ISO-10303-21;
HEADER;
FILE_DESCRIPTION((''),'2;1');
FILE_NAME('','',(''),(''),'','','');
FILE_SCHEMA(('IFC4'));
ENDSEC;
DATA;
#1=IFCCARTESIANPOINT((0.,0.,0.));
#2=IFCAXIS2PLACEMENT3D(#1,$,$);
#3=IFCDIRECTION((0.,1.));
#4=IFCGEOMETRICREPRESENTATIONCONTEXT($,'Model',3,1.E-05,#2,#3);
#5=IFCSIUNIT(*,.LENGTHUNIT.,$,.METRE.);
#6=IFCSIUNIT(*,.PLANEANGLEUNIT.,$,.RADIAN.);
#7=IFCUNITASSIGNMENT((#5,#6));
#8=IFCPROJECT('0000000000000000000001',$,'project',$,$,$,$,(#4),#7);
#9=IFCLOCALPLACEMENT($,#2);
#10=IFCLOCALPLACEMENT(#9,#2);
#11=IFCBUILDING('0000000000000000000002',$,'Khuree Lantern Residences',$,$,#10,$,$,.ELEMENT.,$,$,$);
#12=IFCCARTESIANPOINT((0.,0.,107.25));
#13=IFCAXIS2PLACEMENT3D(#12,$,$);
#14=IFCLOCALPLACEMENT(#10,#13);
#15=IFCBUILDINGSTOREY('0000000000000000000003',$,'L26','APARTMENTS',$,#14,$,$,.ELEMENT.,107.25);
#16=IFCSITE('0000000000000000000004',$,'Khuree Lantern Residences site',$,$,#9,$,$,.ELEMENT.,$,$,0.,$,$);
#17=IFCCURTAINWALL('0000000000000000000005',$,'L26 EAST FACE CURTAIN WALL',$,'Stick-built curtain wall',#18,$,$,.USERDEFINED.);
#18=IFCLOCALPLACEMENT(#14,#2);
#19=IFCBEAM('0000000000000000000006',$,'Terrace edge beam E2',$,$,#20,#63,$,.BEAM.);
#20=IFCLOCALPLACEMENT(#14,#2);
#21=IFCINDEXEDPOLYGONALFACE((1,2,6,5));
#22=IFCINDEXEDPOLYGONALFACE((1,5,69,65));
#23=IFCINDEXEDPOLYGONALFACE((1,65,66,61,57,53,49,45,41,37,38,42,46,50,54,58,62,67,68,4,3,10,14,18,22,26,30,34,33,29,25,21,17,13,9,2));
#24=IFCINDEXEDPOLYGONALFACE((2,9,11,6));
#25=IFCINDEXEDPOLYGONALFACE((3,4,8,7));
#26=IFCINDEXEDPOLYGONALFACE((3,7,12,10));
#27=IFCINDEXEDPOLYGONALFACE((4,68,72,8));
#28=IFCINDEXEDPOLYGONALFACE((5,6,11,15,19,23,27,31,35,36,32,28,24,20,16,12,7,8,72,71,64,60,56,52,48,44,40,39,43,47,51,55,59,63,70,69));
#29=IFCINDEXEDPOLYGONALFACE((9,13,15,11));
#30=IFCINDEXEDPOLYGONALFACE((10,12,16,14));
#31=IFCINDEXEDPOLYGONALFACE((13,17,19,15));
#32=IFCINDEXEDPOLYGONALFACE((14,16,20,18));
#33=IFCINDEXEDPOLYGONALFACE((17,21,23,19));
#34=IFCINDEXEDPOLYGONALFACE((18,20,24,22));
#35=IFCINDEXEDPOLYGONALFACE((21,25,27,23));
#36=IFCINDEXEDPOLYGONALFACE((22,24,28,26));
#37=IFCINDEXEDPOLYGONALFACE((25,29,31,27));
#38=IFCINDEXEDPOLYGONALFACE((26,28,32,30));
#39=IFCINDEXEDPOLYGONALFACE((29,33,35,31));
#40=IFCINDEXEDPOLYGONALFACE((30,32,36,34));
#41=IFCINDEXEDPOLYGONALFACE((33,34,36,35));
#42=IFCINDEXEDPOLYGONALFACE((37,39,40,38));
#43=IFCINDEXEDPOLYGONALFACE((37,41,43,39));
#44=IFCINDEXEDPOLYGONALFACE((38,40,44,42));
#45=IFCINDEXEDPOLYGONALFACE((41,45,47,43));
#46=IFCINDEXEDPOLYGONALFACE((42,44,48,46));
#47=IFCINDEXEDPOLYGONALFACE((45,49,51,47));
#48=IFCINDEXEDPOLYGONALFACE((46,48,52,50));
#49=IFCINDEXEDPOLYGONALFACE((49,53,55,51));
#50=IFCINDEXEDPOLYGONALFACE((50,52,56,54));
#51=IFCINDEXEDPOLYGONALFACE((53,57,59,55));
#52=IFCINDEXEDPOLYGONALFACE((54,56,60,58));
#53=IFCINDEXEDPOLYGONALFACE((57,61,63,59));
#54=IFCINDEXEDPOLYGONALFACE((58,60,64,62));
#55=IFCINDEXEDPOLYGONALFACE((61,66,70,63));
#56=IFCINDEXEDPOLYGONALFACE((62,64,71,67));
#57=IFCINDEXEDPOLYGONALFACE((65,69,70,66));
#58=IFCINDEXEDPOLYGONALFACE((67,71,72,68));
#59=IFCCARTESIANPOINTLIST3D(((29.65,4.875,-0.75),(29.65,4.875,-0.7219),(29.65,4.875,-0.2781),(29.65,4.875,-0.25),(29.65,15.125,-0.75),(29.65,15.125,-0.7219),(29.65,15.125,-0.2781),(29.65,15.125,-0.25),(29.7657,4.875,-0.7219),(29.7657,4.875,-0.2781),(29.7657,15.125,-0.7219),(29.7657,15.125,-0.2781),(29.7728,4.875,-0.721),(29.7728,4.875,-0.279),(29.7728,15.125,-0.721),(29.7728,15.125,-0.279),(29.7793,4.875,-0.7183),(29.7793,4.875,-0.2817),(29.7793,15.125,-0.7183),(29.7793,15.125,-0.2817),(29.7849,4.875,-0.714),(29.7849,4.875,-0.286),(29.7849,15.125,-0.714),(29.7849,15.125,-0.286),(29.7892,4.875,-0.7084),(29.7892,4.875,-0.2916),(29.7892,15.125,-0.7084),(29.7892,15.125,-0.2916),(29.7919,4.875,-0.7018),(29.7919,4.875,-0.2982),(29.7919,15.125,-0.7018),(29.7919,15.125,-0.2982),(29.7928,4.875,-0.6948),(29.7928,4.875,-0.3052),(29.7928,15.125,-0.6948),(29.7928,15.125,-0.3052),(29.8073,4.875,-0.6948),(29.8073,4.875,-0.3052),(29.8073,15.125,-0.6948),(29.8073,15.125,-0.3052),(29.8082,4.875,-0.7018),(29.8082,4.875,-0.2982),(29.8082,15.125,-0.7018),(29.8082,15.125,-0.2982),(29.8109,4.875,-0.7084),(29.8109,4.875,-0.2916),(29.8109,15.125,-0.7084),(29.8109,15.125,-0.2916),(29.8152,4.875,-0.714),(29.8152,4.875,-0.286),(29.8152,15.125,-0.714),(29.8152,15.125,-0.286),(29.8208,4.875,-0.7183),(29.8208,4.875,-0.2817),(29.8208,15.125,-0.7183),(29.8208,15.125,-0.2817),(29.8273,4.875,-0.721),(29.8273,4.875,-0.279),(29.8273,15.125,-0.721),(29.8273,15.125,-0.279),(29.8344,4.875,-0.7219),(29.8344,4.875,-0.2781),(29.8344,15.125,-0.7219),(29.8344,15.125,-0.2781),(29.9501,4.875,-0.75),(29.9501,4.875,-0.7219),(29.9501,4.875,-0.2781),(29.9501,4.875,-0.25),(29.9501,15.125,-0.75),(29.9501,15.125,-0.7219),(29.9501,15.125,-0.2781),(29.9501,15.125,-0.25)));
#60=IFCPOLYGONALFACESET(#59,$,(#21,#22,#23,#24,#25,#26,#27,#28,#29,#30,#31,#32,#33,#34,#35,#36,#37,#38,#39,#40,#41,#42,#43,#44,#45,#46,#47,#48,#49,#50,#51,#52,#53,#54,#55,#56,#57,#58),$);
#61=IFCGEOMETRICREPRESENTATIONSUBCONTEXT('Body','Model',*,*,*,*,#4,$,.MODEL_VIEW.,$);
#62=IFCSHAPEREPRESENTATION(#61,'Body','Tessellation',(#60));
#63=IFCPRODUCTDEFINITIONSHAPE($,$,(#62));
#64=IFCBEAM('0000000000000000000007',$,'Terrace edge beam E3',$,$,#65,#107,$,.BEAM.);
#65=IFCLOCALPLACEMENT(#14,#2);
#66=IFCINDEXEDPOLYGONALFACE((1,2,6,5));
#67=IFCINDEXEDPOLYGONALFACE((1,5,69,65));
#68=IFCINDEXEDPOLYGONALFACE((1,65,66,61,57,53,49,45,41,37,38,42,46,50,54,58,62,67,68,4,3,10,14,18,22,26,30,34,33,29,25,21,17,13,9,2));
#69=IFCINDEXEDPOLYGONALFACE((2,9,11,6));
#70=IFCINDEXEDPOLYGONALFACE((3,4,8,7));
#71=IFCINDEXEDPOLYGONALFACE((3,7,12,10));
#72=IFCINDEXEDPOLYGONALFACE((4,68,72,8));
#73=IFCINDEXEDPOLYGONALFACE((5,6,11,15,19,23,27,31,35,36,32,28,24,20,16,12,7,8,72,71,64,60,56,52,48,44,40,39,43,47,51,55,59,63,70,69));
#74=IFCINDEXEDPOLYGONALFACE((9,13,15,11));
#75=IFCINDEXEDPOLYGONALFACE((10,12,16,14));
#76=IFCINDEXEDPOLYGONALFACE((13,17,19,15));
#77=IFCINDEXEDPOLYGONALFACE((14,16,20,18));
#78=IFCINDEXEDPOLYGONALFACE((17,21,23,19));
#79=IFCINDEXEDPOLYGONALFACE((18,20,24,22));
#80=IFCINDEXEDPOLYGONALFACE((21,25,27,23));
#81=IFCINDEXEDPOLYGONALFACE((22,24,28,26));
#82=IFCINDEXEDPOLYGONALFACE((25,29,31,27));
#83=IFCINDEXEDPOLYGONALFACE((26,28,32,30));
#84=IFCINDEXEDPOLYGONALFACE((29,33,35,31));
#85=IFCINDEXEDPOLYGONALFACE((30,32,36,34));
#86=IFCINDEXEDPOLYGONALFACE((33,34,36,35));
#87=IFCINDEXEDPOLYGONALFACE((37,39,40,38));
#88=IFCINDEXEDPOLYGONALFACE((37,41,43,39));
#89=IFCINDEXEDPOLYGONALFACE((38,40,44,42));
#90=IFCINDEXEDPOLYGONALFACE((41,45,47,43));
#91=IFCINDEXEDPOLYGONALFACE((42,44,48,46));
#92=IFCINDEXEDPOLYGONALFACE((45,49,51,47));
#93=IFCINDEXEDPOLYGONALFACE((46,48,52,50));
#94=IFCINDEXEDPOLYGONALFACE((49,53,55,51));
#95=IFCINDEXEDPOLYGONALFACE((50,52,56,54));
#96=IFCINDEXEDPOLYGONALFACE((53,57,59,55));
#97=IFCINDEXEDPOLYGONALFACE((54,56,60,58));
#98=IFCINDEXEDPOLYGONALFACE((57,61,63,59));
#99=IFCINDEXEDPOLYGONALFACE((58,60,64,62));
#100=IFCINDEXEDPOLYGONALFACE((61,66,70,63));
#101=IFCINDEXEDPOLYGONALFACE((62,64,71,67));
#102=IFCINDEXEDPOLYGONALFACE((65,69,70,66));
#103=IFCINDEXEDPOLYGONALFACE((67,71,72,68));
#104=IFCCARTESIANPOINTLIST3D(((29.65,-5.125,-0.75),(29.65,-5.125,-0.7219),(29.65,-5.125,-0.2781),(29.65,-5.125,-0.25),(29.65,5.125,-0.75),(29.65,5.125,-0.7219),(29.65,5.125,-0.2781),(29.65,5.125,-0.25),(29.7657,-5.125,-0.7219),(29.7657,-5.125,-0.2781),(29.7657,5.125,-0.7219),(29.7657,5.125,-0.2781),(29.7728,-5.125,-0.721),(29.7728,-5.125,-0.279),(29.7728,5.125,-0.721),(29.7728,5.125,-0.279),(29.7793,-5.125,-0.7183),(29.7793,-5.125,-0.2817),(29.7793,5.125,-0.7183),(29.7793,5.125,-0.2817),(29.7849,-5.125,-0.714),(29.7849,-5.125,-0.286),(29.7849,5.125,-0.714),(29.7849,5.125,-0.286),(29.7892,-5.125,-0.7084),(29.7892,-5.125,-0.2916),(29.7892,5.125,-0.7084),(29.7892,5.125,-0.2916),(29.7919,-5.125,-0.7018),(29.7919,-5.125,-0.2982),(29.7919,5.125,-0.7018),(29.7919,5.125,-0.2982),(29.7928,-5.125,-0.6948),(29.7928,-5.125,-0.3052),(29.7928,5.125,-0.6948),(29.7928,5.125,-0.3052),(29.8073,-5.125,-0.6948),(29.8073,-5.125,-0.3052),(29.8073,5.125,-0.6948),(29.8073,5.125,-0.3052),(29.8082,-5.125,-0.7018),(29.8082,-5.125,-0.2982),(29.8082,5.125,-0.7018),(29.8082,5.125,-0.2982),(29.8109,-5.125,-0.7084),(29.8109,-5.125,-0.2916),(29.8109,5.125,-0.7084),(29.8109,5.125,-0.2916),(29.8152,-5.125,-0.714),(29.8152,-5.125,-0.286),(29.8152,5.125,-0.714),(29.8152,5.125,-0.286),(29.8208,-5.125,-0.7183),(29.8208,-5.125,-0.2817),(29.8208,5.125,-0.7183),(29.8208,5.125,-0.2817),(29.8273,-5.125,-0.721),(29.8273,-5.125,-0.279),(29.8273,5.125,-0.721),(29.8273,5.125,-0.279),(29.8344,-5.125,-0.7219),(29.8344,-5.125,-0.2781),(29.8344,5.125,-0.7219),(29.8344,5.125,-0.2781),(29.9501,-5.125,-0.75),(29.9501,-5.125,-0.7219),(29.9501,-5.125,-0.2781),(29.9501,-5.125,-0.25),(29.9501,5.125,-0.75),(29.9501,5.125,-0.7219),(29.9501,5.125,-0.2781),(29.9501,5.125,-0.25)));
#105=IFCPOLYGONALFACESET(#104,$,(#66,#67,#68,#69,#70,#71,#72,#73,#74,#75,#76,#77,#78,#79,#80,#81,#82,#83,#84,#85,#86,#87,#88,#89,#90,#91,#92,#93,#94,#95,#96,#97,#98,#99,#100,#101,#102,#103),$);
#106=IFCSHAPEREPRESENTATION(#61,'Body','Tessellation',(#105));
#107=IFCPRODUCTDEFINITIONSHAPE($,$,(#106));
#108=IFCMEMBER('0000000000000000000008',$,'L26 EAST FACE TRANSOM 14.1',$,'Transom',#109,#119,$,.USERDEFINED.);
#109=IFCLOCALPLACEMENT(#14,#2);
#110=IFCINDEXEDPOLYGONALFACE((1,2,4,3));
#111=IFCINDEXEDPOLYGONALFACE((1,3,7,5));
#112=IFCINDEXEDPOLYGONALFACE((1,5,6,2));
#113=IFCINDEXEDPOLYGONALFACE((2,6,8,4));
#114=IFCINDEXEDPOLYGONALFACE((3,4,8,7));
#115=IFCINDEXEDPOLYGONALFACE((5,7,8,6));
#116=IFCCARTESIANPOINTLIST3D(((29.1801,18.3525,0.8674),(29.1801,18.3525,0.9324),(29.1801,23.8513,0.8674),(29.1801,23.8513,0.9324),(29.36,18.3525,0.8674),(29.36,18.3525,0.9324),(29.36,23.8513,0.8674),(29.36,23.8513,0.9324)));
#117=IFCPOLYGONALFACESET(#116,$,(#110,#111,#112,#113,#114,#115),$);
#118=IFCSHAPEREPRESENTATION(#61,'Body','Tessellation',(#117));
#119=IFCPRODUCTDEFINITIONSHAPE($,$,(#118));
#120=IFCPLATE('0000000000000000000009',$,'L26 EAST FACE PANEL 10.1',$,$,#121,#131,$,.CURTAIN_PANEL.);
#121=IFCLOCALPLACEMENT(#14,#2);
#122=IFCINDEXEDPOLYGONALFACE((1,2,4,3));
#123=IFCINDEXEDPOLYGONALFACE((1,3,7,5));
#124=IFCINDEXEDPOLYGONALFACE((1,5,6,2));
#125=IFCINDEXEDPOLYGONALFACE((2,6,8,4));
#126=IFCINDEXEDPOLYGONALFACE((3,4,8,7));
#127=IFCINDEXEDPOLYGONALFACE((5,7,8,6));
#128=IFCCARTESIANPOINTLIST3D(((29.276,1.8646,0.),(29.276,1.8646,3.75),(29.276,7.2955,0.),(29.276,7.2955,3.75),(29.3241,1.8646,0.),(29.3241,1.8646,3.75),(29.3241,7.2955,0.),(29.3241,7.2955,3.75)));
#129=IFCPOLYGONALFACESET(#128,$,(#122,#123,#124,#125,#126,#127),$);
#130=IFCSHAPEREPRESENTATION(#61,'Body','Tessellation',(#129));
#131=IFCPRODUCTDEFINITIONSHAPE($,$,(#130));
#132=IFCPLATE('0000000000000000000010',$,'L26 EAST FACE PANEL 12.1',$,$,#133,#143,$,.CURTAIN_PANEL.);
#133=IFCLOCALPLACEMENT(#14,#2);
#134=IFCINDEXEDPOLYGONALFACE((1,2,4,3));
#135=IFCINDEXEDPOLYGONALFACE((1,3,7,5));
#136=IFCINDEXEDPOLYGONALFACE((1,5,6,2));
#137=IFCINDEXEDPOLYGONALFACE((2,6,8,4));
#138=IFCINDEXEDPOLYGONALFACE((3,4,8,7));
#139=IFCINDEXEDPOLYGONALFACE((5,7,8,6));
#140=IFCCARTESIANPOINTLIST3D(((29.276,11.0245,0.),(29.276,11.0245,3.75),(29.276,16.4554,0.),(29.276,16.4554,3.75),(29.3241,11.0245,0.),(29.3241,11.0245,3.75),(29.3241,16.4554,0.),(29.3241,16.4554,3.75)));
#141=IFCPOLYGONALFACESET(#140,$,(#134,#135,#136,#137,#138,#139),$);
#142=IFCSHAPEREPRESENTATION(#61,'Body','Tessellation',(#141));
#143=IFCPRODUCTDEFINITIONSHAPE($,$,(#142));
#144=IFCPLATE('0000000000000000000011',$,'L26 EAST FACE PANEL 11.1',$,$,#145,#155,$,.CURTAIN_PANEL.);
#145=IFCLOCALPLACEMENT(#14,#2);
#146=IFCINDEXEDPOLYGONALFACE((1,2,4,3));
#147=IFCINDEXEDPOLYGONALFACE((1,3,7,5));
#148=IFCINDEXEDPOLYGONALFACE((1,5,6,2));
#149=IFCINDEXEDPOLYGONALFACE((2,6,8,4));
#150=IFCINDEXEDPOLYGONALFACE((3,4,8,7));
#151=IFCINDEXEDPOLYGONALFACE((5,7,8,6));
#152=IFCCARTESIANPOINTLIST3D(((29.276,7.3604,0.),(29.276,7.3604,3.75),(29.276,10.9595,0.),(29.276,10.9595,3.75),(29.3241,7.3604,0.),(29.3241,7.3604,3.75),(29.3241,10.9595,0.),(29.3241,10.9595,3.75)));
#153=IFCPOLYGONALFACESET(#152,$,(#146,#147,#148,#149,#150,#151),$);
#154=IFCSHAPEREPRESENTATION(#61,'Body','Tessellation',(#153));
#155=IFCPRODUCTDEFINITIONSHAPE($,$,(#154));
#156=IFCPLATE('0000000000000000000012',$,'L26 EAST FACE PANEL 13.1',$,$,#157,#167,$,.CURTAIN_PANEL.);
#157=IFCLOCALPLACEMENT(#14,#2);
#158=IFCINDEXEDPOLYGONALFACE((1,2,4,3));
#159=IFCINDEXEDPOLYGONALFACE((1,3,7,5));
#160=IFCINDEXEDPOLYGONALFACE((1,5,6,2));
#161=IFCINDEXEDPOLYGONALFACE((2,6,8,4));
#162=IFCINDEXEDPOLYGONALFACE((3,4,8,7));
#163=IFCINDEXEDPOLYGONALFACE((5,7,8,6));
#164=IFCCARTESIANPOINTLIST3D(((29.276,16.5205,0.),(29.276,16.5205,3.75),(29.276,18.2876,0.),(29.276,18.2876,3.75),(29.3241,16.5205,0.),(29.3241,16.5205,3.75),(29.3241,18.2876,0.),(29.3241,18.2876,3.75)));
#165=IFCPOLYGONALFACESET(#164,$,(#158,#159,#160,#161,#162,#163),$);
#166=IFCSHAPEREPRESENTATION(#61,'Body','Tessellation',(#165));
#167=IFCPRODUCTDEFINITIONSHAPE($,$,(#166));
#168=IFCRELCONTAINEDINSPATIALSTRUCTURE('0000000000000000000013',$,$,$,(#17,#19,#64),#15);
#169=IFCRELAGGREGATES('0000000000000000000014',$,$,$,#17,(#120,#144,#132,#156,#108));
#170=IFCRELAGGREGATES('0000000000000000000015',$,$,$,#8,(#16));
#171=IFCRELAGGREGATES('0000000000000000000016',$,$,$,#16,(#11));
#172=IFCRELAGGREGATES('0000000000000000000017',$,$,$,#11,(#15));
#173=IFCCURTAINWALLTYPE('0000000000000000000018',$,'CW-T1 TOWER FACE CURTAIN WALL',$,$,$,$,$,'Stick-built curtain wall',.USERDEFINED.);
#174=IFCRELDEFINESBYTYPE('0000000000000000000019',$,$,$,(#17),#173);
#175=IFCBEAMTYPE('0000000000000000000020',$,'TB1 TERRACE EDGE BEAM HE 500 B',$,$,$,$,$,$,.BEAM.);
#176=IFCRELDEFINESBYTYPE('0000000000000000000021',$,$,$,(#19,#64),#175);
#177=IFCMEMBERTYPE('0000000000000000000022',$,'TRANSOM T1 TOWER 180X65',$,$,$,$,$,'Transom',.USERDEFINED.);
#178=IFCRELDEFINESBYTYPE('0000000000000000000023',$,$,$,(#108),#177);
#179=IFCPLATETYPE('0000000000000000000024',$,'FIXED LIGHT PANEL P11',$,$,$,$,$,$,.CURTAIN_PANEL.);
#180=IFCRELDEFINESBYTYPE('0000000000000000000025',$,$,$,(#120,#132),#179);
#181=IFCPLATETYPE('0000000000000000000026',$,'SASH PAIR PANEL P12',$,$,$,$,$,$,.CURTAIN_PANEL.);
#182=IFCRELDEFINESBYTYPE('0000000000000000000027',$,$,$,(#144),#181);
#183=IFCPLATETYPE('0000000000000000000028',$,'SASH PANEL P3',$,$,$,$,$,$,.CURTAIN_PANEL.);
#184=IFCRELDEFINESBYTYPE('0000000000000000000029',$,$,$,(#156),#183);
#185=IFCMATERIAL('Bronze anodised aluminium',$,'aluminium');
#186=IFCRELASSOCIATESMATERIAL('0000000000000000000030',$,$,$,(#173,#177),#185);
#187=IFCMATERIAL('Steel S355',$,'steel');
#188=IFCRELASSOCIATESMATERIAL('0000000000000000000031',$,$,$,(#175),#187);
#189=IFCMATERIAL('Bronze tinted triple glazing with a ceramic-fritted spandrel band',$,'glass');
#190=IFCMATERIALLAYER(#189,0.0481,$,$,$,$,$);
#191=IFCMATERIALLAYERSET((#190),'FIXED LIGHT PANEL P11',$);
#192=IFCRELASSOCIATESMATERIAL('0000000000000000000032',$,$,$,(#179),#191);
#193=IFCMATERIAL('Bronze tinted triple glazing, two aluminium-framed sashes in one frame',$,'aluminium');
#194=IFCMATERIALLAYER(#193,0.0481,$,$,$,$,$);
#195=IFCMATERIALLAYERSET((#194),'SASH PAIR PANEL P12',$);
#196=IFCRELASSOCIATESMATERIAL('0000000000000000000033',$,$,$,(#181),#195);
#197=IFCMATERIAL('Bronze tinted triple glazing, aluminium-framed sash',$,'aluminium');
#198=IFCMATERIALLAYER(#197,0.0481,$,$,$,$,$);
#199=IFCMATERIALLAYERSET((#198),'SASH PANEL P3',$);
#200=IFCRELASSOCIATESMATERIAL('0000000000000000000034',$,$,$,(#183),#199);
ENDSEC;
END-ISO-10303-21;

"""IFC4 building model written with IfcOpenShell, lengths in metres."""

from ifc_helpers import new_model, si_unit, direction, frame, origin, origin_2d, place, context, subcontext, project, spatial, rectangle, i_section, extrude, material, layer, layer_set, material_profile, profile_set, type_object, element, aggregate, save


model = new_model("IFC4")

# Units and contexts
model_context = context("Model", 3, precision=1e-05, world=origin(), true_north=direction((0.0, 1.0)))
body_context = subcontext(model_context, "Body", "Model", "MODEL_VIEW")
ifc_project = project(units=[si_unit("LENGTHUNIT", "METRE"), si_unit("PLANEANGLEUNIT", "RADIAN")], contexts=[model_context])

# Site, building, storey
site_placement = place(None, origin())
site = spatial("IfcSite", under=ifc_project, at=site_placement, Name="Khuree Lantern Residences site", CompositionType="ELEMENT", RefElevation=0.0)
building_placement = place(site_placement, origin())
building = spatial("IfcBuilding", under=site, at=building_placement, Name="Khuree Lantern Residences", CompositionType="ELEMENT")
storey_placement = place(building_placement, frame((0.0, 0.0, 107.25)))
storey = spatial("IfcBuildingStorey", under=building, at=storey_placement, Name="L26", Description="APARTMENTS", CompositionType="ELEMENT", Elevation=107.25)

# Shared definitions
ifc_material_1 = material(Name="Steel S355", Category="steel")

# Curtain wall
ifc_material_2 = material(Name="Bronze anodised aluminium", Category="aluminium")
curtain_wall_type = type_object("IfcCurtainWallType", Name="CW-T1 TOWER FACE CURTAIN WALL", ElementType="Stick-built curtain wall", PredefinedType="USERDEFINED", material=ifc_material_2)
curtain_wall_placement = place(storey_placement, origin())
curtain_wall = element("IfcCurtainWall", 1, at=curtain_wall_placement, inside=storey, type_object=curtain_wall_type, Name="L26 EAST FACE CURTAIN WALL", ObjectType="Stick-built curtain wall", PredefinedType="USERDEFINED")

# Beams
ifc_material_profile_1 = material_profile(ifc_material_1, i_section(OverallWidth=0.3, OverallDepth=0.5, WebThickness=0.0144, FlangeThickness=0.0281, FilletRadius=0.0271, at=origin_2d()), Name="HE 500 B")
ifc_profile_set_1 = profile_set([ifc_material_profile_1], Name="Steel S355")
beam_type_1 = type_object("IfcBeamType", Name="TB1 TERRACE EDGE BEAM HE 500 B", PredefinedType="BEAM", material=ifc_profile_set_1)
for number, where, z_axis, x_axis, name in (
    (2, (29.8, 15.125, -0.5), (0.0, -1.0, 0.0), (1.0, 0.0, 0.0), "Terrace edge beam E2"),
    (3, (29.8, 5.125, -0.5), (0.0, -1.0, 0.0), (1.0, 0.0, 0.0), "Terrace edge beam E3"),
):
    element("IfcBeam", number, at=place(storey_placement, frame(where, z_axis=z_axis, x_axis=x_axis)), inside=storey, type_object=beam_type_1, Name=name, PredefinedType="BEAM", context=body_context, shape_type="SweptSolid", body=[
        extrude(i_section(OverallWidth=0.3, OverallDepth=0.5, WebThickness=0.0144, FlangeThickness=0.0281, FilletRadius=0.0271, at=origin_2d()), origin(), (0.0, 0.0, 1.0), 10.25),
    ])

# Member
ifc_material_profile_2 = material_profile(ifc_material_2, rectangle(XDim=0.1799, YDim=0.0649, at=origin_2d()), Name="T1 180X65")
ifc_profile_set_2 = profile_set([ifc_material_profile_2], Name="Bronze anodised aluminium")
member_type_1 = type_object("IfcMemberType", Name="TRANSOM T1 TOWER 180X65", ElementType="Transom", PredefinedType="USERDEFINED", material=ifc_profile_set_2)
member_1_placement = place(storey_placement, frame((29.27, 18.3525, 0.8999), z_axis=(0.0, 1.0, 0.0), x_axis=(-1.0, 0.0, 0.0)))
member_1 = element("IfcMember", 4, at=member_1_placement, type_object=member_type_1, Name="L26 EAST FACE TRANSOM 14.1", ObjectType="Transom", PredefinedType="USERDEFINED", context=body_context, shape_type="SweptSolid", body=[
    extrude(rectangle(XDim=0.1799, YDim=0.0649, at=origin_2d()), origin(), (0.0, 0.0, 1.0), 5.4988),
])

# Plates
ifc_material_3 = material(Name="Bronze tinted triple glazing with a ceramic-fritted spandrel band", Category="glass")
ifc_layer_1 = layer(ifc_material_3, 0.0481)
ifc_layer_set_1 = layer_set([ifc_layer_1], Name="FIXED LIGHT PANEL P11")
plate_type_1 = type_object("IfcPlateType", Name="FIXED LIGHT PANEL P11", PredefinedType="CURTAIN_PANEL", material=ifc_layer_set_1)
plate_1_placement = place(storey_placement, frame((29.3, 4.5801, 0.0), z_axis=(0.0, 0.0, 1.0), x_axis=(0.0, 1.0, 0.0)))
plate_1 = element("IfcPlate", 5, at=plate_1_placement, type_object=plate_type_1, Name="L26 EAST FACE PANEL 10.1", PredefinedType="CURTAIN_PANEL", context=body_context, shape_type="SweptSolid", body=[
    extrude(rectangle(XDim=5.4309, YDim=0.0481, at=origin_2d()), origin(), (0.0, 0.0, 1.0), 3.75),
])
plate_2_placement = place(storey_placement, frame((29.3, 13.74, 0.0), z_axis=(0.0, 0.0, 1.0), x_axis=(0.0, 1.0, 0.0)))
plate_2 = element("IfcPlate", 6, at=plate_2_placement, type_object=plate_type_1, Name="L26 EAST FACE PANEL 12.1", PredefinedType="CURTAIN_PANEL", context=body_context, shape_type="SweptSolid", body=[
    extrude(rectangle(XDim=5.4309, YDim=0.0481, at=origin_2d()), origin(), (0.0, 0.0, 1.0), 3.75),
])
ifc_material_4 = material(Name="Bronze tinted triple glazing, two aluminium-framed sashes in one frame", Category="aluminium")
ifc_layer_2 = layer(ifc_material_4, 0.0481)
ifc_layer_set_2 = layer_set([ifc_layer_2], Name="SASH PAIR PANEL P12")
plate_type_2 = type_object("IfcPlateType", Name="SASH PAIR PANEL P12", PredefinedType="CURTAIN_PANEL", material=ifc_layer_set_2)
plate_3_placement = place(storey_placement, frame((29.3, 9.1599, 0.0), z_axis=(0.0, 0.0, 1.0), x_axis=(0.0, 1.0, 0.0)))
plate_3 = element("IfcPlate", 7, at=plate_3_placement, type_object=plate_type_2, Name="L26 EAST FACE PANEL 11.1", PredefinedType="CURTAIN_PANEL", context=body_context, shape_type="SweptSolid", body=[
    extrude(rectangle(XDim=3.5991, YDim=0.0481, at=origin_2d()), origin(), (0.0, 0.0, 1.0), 3.75),
])
ifc_material_5 = material(Name="Bronze tinted triple glazing, aluminium-framed sash", Category="aluminium")
ifc_layer_3 = layer(ifc_material_5, 0.0481)
ifc_layer_set_3 = layer_set([ifc_layer_3], Name="SASH PANEL P3")
plate_type_3 = type_object("IfcPlateType", Name="SASH PANEL P3", PredefinedType="CURTAIN_PANEL", material=ifc_layer_set_3)
plate_4_placement = place(storey_placement, frame((29.3, 17.4041, 0.0), z_axis=(0.0, 0.0, 1.0), x_axis=(0.0, 1.0, 0.0)))
plate_4 = element("IfcPlate", 8, at=plate_4_placement, type_object=plate_type_3, Name="L26 EAST FACE PANEL 13.1", PredefinedType="CURTAIN_PANEL", context=body_context, shape_type="SweptSolid", body=[
    extrude(rectangle(XDim=1.7671, YDim=0.0481, at=origin_2d()), origin(), (0.0, 0.0, 1.0), 3.75),
])
aggregate(curtain_wall, [plate_1, plate_3, plate_2, plate_4, member_1])

save(model, "model.ifc")
